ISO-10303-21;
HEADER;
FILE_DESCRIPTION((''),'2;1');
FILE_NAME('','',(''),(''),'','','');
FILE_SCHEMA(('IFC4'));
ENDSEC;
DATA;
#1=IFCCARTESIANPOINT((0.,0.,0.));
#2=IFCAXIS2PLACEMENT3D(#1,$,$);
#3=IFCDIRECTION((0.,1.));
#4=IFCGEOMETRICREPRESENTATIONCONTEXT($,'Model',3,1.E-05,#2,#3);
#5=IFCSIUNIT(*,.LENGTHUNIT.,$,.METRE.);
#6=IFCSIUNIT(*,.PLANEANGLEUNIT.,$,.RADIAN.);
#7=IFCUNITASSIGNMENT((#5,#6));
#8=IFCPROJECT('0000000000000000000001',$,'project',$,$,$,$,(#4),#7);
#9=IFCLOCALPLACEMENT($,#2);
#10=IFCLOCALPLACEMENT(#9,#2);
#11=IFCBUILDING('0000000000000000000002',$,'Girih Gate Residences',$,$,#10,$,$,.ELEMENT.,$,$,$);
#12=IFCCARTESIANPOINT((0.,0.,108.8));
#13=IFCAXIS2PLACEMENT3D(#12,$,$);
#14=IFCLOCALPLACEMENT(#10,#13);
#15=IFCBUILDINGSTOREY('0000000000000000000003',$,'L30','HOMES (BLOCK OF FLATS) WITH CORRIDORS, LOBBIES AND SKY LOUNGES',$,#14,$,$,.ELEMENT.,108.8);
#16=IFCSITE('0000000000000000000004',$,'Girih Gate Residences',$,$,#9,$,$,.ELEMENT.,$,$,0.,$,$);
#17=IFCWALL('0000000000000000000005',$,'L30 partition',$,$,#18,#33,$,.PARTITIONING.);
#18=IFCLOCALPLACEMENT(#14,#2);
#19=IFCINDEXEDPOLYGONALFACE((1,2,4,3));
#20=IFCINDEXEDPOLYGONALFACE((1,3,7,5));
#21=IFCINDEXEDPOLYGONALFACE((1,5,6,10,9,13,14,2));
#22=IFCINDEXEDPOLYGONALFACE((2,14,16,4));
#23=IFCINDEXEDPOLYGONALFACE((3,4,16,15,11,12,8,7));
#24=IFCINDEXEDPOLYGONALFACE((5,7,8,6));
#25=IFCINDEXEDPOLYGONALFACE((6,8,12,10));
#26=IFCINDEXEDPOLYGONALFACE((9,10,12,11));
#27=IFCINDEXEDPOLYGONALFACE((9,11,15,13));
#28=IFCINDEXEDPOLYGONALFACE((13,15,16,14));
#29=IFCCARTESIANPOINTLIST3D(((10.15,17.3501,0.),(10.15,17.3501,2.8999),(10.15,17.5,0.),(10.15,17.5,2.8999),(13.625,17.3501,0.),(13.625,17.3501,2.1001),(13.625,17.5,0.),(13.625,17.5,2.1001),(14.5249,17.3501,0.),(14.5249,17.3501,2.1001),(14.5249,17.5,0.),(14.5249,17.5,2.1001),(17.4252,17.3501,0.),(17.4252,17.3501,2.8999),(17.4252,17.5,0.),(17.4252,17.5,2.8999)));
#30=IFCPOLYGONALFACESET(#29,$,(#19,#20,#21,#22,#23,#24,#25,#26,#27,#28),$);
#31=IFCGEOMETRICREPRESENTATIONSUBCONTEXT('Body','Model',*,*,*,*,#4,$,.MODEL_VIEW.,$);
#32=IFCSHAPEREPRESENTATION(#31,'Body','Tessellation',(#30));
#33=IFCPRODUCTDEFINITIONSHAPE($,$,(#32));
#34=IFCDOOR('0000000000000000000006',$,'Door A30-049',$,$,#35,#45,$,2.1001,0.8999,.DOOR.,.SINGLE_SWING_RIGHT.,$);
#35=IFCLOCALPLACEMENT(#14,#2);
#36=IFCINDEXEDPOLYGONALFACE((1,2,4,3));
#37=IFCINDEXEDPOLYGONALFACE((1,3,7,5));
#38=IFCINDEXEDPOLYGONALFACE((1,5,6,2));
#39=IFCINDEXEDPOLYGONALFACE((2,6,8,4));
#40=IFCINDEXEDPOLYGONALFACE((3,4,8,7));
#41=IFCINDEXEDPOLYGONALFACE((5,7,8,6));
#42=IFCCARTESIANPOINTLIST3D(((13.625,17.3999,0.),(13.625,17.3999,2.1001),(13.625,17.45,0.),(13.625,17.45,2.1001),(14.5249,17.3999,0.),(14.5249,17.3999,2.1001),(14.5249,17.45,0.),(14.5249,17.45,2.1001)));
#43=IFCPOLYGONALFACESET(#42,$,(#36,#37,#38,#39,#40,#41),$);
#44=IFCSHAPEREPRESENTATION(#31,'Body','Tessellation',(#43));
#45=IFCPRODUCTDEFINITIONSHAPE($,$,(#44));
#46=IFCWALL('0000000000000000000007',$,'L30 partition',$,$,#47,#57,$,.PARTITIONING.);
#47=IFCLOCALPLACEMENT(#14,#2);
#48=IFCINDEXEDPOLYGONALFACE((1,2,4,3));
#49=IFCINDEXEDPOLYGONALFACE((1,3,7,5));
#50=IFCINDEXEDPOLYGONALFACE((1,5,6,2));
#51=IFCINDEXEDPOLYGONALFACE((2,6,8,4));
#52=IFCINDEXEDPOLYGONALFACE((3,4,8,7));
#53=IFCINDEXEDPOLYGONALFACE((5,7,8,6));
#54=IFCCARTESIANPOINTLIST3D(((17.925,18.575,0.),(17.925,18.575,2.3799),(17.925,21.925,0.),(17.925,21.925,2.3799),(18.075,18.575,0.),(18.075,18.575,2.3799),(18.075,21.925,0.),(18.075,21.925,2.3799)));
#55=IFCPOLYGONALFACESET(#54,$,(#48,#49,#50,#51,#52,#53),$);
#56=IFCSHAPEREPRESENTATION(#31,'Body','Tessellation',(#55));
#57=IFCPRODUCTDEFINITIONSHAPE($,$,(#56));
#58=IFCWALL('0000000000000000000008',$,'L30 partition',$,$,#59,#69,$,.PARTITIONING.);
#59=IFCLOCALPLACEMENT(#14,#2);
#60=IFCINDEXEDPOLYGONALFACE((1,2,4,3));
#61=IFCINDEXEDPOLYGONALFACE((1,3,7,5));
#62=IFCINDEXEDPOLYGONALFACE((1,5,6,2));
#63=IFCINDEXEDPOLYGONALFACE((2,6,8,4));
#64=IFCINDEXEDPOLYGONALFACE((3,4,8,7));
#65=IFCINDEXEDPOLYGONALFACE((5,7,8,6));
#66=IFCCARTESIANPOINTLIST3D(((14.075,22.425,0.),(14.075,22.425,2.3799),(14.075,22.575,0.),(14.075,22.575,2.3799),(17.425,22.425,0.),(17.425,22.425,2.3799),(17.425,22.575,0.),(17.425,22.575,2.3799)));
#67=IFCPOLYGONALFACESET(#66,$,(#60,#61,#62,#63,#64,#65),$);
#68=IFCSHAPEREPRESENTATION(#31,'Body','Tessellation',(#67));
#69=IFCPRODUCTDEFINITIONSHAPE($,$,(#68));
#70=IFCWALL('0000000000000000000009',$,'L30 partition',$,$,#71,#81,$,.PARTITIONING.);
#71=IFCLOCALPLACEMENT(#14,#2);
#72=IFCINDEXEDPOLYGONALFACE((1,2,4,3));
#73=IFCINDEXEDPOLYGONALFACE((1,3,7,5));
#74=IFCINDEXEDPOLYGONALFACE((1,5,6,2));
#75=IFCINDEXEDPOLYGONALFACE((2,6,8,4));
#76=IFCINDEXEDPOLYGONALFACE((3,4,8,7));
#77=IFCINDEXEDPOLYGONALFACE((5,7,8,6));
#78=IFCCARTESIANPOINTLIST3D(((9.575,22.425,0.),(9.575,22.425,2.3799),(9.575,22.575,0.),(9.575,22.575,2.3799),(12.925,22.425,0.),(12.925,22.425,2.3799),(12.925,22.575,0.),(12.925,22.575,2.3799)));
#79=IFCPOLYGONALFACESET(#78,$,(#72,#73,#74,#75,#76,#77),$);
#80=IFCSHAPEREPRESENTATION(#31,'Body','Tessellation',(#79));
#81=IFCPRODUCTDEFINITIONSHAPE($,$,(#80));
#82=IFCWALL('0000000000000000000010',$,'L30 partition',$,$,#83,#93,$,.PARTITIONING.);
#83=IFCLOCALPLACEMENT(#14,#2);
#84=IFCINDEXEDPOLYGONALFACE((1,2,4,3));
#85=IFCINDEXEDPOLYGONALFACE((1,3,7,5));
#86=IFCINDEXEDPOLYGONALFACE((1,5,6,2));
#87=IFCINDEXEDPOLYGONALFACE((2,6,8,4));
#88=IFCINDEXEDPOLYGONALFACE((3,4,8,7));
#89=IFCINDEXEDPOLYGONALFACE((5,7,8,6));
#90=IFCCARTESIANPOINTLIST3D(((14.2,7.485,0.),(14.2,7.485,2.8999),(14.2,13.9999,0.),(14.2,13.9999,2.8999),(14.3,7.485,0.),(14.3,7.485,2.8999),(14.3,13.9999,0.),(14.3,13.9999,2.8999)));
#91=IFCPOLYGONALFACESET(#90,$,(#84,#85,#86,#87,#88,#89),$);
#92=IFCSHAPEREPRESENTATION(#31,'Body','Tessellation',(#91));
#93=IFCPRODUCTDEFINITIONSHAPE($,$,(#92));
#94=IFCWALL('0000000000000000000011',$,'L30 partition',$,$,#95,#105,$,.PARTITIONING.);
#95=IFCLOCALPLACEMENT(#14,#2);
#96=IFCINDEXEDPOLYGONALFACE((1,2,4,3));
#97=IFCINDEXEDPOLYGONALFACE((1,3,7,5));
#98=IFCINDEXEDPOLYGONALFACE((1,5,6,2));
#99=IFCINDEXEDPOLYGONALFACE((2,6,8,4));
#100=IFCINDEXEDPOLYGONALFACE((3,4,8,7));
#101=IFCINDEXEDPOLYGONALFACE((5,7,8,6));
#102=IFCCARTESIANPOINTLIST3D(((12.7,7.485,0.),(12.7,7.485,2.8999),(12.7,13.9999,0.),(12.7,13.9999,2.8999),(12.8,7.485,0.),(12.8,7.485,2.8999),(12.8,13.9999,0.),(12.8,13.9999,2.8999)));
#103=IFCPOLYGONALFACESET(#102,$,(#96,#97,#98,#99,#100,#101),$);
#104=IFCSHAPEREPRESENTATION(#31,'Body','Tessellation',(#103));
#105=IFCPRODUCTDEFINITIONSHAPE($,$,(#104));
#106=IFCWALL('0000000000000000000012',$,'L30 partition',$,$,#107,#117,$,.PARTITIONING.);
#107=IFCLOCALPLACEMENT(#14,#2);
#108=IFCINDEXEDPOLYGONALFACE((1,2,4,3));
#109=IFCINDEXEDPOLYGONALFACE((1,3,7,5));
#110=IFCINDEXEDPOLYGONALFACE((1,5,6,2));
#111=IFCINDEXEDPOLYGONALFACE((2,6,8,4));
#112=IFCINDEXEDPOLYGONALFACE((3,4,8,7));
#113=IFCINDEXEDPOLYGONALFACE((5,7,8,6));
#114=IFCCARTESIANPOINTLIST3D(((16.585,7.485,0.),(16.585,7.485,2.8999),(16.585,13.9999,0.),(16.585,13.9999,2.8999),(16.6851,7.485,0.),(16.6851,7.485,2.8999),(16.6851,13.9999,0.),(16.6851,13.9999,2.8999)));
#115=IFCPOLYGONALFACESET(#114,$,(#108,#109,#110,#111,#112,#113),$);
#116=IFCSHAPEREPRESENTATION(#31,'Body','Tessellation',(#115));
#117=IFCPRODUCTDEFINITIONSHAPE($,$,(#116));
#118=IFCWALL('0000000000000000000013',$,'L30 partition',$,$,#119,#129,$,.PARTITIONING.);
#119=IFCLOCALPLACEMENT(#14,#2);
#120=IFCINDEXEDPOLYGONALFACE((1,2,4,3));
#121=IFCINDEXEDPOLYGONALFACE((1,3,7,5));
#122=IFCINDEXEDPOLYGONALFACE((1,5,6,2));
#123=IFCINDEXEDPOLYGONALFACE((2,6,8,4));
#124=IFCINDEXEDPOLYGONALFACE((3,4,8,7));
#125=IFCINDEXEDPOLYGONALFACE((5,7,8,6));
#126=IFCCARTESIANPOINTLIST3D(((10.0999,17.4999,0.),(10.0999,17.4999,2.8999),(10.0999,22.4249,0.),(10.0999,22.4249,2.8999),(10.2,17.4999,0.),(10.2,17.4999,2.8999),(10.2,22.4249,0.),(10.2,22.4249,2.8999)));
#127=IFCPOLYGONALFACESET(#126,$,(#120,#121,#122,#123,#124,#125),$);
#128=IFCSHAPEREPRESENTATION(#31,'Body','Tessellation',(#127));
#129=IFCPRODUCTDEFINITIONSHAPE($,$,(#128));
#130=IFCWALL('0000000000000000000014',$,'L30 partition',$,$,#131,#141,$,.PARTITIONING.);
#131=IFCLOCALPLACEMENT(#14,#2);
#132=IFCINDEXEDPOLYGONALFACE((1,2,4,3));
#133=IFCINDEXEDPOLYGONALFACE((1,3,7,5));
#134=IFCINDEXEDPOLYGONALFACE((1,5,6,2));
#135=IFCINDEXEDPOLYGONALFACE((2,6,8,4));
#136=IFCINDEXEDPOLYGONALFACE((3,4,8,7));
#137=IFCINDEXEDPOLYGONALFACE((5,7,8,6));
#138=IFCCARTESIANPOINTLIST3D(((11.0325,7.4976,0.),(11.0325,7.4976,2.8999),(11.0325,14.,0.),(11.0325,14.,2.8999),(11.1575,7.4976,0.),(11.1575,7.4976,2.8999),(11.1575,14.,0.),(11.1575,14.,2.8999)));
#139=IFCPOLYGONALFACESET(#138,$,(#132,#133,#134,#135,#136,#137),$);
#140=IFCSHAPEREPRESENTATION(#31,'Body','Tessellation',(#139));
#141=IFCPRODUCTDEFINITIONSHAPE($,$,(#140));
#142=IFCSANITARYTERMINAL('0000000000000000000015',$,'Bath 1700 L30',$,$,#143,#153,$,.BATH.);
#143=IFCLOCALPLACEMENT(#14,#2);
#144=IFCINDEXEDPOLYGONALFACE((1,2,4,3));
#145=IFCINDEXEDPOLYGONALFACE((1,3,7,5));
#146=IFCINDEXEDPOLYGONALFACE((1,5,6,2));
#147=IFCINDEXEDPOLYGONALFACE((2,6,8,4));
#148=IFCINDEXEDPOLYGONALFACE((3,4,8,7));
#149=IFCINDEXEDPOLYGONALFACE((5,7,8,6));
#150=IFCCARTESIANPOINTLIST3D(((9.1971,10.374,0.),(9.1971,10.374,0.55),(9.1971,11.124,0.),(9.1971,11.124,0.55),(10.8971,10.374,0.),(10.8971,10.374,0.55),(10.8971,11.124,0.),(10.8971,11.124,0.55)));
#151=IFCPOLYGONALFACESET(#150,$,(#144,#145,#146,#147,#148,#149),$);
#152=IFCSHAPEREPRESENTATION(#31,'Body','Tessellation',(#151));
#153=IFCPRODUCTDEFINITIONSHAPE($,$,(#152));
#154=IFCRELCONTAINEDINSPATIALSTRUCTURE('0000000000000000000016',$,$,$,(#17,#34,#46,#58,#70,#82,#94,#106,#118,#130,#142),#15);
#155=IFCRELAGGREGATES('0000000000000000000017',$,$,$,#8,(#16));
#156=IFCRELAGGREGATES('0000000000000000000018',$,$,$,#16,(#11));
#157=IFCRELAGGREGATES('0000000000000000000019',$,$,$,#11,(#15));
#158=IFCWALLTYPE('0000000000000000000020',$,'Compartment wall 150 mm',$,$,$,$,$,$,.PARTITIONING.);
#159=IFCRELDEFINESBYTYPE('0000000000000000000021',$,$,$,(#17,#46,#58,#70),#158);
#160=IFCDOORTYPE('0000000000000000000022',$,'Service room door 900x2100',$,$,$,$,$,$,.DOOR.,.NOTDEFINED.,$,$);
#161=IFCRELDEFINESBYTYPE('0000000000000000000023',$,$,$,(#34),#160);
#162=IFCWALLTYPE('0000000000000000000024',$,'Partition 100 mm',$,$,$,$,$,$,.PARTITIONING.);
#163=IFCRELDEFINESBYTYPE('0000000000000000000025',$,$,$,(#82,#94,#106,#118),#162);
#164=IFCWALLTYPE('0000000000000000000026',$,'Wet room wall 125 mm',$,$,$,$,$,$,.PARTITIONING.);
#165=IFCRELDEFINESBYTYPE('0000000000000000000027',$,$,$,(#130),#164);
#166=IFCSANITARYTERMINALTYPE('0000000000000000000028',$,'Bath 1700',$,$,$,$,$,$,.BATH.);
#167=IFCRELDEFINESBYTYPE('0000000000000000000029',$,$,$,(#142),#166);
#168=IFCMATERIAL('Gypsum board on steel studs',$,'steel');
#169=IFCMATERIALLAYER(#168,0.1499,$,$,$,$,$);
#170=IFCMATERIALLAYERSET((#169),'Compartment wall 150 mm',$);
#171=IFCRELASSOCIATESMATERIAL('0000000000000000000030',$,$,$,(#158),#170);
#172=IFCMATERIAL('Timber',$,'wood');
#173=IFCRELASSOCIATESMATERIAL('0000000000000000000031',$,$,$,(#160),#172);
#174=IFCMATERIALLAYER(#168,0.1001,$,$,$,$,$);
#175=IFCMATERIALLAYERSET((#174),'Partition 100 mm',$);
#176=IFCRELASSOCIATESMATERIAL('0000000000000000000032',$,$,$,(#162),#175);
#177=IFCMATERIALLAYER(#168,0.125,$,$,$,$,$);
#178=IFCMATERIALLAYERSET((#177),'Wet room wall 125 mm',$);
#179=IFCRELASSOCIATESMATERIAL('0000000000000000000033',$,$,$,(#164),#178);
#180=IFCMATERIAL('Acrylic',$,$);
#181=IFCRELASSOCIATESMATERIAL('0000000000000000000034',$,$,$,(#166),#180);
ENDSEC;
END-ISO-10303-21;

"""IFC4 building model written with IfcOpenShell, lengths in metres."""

from ifc_helpers import new_model, si_unit, direction, frame, frame_2d, origin, origin_2d, place, context, subcontext, project, spatial, rectangle, extrude, material, layer, layer_set, type_object, element, fill, save


model = new_model("IFC4")

# Units and contexts
model_context = context("Model", 3, precision=1e-05, world=origin(), true_north=direction((0.0, 1.0)))
body_context = subcontext(model_context, "Body", "Model", "MODEL_VIEW")
ifc_project = project(units=[si_unit("LENGTHUNIT", "METRE"), si_unit("PLANEANGLEUNIT", "RADIAN")], contexts=[model_context])

# Site, building, storey
site_placement = place(None, origin())
site = spatial("IfcSite", under=ifc_project, at=site_placement, Name="Girih Gate Residences", CompositionType="ELEMENT", RefElevation=0.0)
building_placement = place(site_placement, origin())
building = spatial("IfcBuilding", under=site, at=building_placement, Name="Girih Gate Residences", CompositionType="ELEMENT")
storey_placement = place(building_placement, frame((0.0, 0.0, 108.8)))
storey = spatial("IfcBuildingStorey", under=building, at=storey_placement, Name="L30", Description="HOMES (BLOCK OF FLATS) WITH CORRIDORS, LOBBIES AND SKY LOUNGES", CompositionType="ELEMENT", Elevation=108.8)

# Shared definitions
ifc_material_1 = material(Name="Gypsum board on steel studs", Category="steel")

# Shared definitions
ifc_layer_1 = layer(ifc_material_1, 0.1499)
ifc_layer_set_1 = layer_set([ifc_layer_1], Name="Compartment wall 150 mm")
wall_type_1 = type_object("IfcWallType", Name="Compartment wall 150 mm", PredefinedType="PARTITIONING", material=ifc_layer_set_1)

# Wall, opening, door
wall_1_placement = place(storey_placement, frame((10.1499, 17.425, 0.0), z_axis=(0.0, 0.0, 1.0), x_axis=(1.0, 0.0, 0.0)))
wall_1 = element("IfcWall", 1, at=wall_1_placement, inside=storey, type_object=wall_type_1, Name="L30 partition", PredefinedType="PARTITIONING", context=body_context, shape_type="SweptSolid", body=[
    extrude(rectangle(XDim=7.2751, YDim=0.1499, at=frame_2d((3.6377, 0.0))), origin(), (0.0, 0.0, 1.0), 2.8999),
])
opening_1_placement = place(wall_1_placement, frame((3.4751, 0.0, 0.0)))
opening_1 = element("IfcOpeningElement", 2, at=opening_1_placement, cuts=wall_1, PredefinedType="OPENING", context=body_context, shape_type="SweptSolid", body=[
    extrude(rectangle(XDim=0.8999, YDim=2.1001, at=frame_2d((0.45, 1.05))), frame((0.0, 0.085, 0.0), z_axis=(0.0, -1.0, 0.0), x_axis=(1.0, 0.0, 0.0)), (0.0, 0.0, 1.0), 0.1699),
])
ifc_material_2 = material(Name="Timber", Category="wood")
door_type_1 = type_object("IfcDoorType", Name="Service room door 900x2100", OperationType="NOTDEFINED", PredefinedType="DOOR", material=ifc_material_2)
door_1_placement = place(opening_1_placement, origin())
door_1 = element("IfcDoor", 3, at=door_1_placement, inside=storey, type_object=door_type_1, Name="Door A30-049", OperationType="SINGLE_SWING_RIGHT", OverallHeight=2.1001, OverallWidth=0.8999, PredefinedType="DOOR", context=body_context, shape_type="SweptSolid", body=[
    extrude(rectangle(XDim=0.8999, YDim=2.1001, at=frame_2d((0.45, 1.05))), frame((0.0, 0.0249, 0.0), z_axis=(0.0, -1.0, 0.0), x_axis=(1.0, 0.0, 0.0)), (0.0, 0.0, 1.0), 0.05),
])
fill(opening_1, door_1)

# Walls
for number, where, z_axis, x_axis, name in (
    (4, (18.0, 18.575, 0.0), (0.0, 0.0, 1.0), (0.0, 1.0, 0.0), "L30 partition"),
    (5, (14.075, 22.5, 0.0), (0.0, 0.0, 1.0), (1.0, 0.0, 0.0), "L30 partition"),
    (6, (9.575, 22.5, 0.0), (0.0, 0.0, 1.0), (1.0, 0.0, 0.0), "L30 partition"),
):
    element("IfcWall", number, at=place(storey_placement, frame(where, z_axis=z_axis, x_axis=x_axis)), inside=storey, type_object=wall_type_1, Name=name, PredefinedType="PARTITIONING", context=body_context, shape_type="SweptSolid", body=[
        extrude(rectangle(XDim=3.3501, YDim=0.1499, at=frame_2d((1.675, 0.0))), origin(), (0.0, 0.0, 1.0), 2.3799),
    ])
ifc_layer_2 = layer(ifc_material_1, 0.1001)
ifc_layer_set_2 = layer_set([ifc_layer_2], Name="Partition 100 mm")
wall_type_2 = type_object("IfcWallType", Name="Partition 100 mm", PredefinedType="PARTITIONING", material=ifc_layer_set_2)
for number, where, z_axis, x_axis, name in (
    (7, (14.25, 7.4851, 0.0), (0.0, 0.0, 1.0), (0.0, 1.0, 0.0), "L30 partition"),
    (8, (12.75, 7.4851, 0.0), (0.0, 0.0, 1.0), (0.0, 1.0, 0.0), "L30 partition"),
    (9, (16.635, 7.4851, 0.0), (0.0, 0.0, 1.0), (0.0, 1.0, 0.0), "L30 partition"),
):
    element("IfcWall", number, at=place(storey_placement, frame(where, z_axis=z_axis, x_axis=x_axis)), inside=storey, type_object=wall_type_2, Name=name, PredefinedType="PARTITIONING", context=body_context, shape_type="SweptSolid", body=[
        extrude(rectangle(XDim=6.5149, YDim=0.1001, at=frame_2d((3.2573, 0.0))), origin(), (0.0, 0.0, 1.0), 2.8999),
    ])
wall_2_placement = place(storey_placement, frame((10.1499, 17.5, 0.0), z_axis=(0.0, 0.0, 1.0), x_axis=(0.0, 1.0, 0.0)))
element("IfcWall", 10, at=wall_2_placement, inside=storey, type_object=wall_type_2, Name="L30 partition", PredefinedType="PARTITIONING", context=body_context, shape_type="SweptSolid", body=[
    extrude(rectangle(XDim=4.925, YDim=0.1001, at=frame_2d((2.4624, 0.0))), origin(), (0.0, 0.0, 1.0), 2.8999),
])
ifc_layer_3 = layer(ifc_material_1, 0.125)
ifc_layer_set_3 = layer_set([ifc_layer_3], Name="Wet room wall 125 mm")
wall_type_3 = type_object("IfcWallType", Name="Wet room wall 125 mm", PredefinedType="PARTITIONING", material=ifc_layer_set_3)
wall_3_placement = place(storey_placement, frame((11.095, 7.4976, 0.0), z_axis=(0.0, 0.0, 1.0), x_axis=(0.0, 1.0, 0.0)))
element("IfcWall", 11, at=wall_3_placement, inside=storey, type_object=wall_type_3, Name="L30 partition", PredefinedType="PARTITIONING", context=body_context, shape_type="SweptSolid", body=[
    extrude(rectangle(XDim=6.5024, YDim=0.125, at=frame_2d((3.2512, 0.0))), origin(), (0.0, 0.0, 1.0), 2.8999),
])

# Sanitary terminal
ifc_material_3 = material(Name="Acrylic")
sanitary_terminal_type = type_object("IfcSanitaryTerminalType", Name="Bath 1700", PredefinedType="BATH", material=ifc_material_3)
sanitary_terminal_placement = place(storey_placement, frame((10.0471, 10.749, 0.0), z_axis=(0.0, 0.0, 1.0), x_axis=(1.0, 0.0, 0.0)))
element("IfcSanitaryTerminal", 12, at=sanitary_terminal_placement, inside=storey, type_object=sanitary_terminal_type, Name="Bath 1700 L30", PredefinedType="BATH", context=body_context, shape_type="SweptSolid", body=[
    extrude(rectangle(XDim=1.7, YDim=0.75, at=origin_2d()), origin(), (0.0, 0.0, 1.0), 0.55),
])

save(model, "model.ifc")
